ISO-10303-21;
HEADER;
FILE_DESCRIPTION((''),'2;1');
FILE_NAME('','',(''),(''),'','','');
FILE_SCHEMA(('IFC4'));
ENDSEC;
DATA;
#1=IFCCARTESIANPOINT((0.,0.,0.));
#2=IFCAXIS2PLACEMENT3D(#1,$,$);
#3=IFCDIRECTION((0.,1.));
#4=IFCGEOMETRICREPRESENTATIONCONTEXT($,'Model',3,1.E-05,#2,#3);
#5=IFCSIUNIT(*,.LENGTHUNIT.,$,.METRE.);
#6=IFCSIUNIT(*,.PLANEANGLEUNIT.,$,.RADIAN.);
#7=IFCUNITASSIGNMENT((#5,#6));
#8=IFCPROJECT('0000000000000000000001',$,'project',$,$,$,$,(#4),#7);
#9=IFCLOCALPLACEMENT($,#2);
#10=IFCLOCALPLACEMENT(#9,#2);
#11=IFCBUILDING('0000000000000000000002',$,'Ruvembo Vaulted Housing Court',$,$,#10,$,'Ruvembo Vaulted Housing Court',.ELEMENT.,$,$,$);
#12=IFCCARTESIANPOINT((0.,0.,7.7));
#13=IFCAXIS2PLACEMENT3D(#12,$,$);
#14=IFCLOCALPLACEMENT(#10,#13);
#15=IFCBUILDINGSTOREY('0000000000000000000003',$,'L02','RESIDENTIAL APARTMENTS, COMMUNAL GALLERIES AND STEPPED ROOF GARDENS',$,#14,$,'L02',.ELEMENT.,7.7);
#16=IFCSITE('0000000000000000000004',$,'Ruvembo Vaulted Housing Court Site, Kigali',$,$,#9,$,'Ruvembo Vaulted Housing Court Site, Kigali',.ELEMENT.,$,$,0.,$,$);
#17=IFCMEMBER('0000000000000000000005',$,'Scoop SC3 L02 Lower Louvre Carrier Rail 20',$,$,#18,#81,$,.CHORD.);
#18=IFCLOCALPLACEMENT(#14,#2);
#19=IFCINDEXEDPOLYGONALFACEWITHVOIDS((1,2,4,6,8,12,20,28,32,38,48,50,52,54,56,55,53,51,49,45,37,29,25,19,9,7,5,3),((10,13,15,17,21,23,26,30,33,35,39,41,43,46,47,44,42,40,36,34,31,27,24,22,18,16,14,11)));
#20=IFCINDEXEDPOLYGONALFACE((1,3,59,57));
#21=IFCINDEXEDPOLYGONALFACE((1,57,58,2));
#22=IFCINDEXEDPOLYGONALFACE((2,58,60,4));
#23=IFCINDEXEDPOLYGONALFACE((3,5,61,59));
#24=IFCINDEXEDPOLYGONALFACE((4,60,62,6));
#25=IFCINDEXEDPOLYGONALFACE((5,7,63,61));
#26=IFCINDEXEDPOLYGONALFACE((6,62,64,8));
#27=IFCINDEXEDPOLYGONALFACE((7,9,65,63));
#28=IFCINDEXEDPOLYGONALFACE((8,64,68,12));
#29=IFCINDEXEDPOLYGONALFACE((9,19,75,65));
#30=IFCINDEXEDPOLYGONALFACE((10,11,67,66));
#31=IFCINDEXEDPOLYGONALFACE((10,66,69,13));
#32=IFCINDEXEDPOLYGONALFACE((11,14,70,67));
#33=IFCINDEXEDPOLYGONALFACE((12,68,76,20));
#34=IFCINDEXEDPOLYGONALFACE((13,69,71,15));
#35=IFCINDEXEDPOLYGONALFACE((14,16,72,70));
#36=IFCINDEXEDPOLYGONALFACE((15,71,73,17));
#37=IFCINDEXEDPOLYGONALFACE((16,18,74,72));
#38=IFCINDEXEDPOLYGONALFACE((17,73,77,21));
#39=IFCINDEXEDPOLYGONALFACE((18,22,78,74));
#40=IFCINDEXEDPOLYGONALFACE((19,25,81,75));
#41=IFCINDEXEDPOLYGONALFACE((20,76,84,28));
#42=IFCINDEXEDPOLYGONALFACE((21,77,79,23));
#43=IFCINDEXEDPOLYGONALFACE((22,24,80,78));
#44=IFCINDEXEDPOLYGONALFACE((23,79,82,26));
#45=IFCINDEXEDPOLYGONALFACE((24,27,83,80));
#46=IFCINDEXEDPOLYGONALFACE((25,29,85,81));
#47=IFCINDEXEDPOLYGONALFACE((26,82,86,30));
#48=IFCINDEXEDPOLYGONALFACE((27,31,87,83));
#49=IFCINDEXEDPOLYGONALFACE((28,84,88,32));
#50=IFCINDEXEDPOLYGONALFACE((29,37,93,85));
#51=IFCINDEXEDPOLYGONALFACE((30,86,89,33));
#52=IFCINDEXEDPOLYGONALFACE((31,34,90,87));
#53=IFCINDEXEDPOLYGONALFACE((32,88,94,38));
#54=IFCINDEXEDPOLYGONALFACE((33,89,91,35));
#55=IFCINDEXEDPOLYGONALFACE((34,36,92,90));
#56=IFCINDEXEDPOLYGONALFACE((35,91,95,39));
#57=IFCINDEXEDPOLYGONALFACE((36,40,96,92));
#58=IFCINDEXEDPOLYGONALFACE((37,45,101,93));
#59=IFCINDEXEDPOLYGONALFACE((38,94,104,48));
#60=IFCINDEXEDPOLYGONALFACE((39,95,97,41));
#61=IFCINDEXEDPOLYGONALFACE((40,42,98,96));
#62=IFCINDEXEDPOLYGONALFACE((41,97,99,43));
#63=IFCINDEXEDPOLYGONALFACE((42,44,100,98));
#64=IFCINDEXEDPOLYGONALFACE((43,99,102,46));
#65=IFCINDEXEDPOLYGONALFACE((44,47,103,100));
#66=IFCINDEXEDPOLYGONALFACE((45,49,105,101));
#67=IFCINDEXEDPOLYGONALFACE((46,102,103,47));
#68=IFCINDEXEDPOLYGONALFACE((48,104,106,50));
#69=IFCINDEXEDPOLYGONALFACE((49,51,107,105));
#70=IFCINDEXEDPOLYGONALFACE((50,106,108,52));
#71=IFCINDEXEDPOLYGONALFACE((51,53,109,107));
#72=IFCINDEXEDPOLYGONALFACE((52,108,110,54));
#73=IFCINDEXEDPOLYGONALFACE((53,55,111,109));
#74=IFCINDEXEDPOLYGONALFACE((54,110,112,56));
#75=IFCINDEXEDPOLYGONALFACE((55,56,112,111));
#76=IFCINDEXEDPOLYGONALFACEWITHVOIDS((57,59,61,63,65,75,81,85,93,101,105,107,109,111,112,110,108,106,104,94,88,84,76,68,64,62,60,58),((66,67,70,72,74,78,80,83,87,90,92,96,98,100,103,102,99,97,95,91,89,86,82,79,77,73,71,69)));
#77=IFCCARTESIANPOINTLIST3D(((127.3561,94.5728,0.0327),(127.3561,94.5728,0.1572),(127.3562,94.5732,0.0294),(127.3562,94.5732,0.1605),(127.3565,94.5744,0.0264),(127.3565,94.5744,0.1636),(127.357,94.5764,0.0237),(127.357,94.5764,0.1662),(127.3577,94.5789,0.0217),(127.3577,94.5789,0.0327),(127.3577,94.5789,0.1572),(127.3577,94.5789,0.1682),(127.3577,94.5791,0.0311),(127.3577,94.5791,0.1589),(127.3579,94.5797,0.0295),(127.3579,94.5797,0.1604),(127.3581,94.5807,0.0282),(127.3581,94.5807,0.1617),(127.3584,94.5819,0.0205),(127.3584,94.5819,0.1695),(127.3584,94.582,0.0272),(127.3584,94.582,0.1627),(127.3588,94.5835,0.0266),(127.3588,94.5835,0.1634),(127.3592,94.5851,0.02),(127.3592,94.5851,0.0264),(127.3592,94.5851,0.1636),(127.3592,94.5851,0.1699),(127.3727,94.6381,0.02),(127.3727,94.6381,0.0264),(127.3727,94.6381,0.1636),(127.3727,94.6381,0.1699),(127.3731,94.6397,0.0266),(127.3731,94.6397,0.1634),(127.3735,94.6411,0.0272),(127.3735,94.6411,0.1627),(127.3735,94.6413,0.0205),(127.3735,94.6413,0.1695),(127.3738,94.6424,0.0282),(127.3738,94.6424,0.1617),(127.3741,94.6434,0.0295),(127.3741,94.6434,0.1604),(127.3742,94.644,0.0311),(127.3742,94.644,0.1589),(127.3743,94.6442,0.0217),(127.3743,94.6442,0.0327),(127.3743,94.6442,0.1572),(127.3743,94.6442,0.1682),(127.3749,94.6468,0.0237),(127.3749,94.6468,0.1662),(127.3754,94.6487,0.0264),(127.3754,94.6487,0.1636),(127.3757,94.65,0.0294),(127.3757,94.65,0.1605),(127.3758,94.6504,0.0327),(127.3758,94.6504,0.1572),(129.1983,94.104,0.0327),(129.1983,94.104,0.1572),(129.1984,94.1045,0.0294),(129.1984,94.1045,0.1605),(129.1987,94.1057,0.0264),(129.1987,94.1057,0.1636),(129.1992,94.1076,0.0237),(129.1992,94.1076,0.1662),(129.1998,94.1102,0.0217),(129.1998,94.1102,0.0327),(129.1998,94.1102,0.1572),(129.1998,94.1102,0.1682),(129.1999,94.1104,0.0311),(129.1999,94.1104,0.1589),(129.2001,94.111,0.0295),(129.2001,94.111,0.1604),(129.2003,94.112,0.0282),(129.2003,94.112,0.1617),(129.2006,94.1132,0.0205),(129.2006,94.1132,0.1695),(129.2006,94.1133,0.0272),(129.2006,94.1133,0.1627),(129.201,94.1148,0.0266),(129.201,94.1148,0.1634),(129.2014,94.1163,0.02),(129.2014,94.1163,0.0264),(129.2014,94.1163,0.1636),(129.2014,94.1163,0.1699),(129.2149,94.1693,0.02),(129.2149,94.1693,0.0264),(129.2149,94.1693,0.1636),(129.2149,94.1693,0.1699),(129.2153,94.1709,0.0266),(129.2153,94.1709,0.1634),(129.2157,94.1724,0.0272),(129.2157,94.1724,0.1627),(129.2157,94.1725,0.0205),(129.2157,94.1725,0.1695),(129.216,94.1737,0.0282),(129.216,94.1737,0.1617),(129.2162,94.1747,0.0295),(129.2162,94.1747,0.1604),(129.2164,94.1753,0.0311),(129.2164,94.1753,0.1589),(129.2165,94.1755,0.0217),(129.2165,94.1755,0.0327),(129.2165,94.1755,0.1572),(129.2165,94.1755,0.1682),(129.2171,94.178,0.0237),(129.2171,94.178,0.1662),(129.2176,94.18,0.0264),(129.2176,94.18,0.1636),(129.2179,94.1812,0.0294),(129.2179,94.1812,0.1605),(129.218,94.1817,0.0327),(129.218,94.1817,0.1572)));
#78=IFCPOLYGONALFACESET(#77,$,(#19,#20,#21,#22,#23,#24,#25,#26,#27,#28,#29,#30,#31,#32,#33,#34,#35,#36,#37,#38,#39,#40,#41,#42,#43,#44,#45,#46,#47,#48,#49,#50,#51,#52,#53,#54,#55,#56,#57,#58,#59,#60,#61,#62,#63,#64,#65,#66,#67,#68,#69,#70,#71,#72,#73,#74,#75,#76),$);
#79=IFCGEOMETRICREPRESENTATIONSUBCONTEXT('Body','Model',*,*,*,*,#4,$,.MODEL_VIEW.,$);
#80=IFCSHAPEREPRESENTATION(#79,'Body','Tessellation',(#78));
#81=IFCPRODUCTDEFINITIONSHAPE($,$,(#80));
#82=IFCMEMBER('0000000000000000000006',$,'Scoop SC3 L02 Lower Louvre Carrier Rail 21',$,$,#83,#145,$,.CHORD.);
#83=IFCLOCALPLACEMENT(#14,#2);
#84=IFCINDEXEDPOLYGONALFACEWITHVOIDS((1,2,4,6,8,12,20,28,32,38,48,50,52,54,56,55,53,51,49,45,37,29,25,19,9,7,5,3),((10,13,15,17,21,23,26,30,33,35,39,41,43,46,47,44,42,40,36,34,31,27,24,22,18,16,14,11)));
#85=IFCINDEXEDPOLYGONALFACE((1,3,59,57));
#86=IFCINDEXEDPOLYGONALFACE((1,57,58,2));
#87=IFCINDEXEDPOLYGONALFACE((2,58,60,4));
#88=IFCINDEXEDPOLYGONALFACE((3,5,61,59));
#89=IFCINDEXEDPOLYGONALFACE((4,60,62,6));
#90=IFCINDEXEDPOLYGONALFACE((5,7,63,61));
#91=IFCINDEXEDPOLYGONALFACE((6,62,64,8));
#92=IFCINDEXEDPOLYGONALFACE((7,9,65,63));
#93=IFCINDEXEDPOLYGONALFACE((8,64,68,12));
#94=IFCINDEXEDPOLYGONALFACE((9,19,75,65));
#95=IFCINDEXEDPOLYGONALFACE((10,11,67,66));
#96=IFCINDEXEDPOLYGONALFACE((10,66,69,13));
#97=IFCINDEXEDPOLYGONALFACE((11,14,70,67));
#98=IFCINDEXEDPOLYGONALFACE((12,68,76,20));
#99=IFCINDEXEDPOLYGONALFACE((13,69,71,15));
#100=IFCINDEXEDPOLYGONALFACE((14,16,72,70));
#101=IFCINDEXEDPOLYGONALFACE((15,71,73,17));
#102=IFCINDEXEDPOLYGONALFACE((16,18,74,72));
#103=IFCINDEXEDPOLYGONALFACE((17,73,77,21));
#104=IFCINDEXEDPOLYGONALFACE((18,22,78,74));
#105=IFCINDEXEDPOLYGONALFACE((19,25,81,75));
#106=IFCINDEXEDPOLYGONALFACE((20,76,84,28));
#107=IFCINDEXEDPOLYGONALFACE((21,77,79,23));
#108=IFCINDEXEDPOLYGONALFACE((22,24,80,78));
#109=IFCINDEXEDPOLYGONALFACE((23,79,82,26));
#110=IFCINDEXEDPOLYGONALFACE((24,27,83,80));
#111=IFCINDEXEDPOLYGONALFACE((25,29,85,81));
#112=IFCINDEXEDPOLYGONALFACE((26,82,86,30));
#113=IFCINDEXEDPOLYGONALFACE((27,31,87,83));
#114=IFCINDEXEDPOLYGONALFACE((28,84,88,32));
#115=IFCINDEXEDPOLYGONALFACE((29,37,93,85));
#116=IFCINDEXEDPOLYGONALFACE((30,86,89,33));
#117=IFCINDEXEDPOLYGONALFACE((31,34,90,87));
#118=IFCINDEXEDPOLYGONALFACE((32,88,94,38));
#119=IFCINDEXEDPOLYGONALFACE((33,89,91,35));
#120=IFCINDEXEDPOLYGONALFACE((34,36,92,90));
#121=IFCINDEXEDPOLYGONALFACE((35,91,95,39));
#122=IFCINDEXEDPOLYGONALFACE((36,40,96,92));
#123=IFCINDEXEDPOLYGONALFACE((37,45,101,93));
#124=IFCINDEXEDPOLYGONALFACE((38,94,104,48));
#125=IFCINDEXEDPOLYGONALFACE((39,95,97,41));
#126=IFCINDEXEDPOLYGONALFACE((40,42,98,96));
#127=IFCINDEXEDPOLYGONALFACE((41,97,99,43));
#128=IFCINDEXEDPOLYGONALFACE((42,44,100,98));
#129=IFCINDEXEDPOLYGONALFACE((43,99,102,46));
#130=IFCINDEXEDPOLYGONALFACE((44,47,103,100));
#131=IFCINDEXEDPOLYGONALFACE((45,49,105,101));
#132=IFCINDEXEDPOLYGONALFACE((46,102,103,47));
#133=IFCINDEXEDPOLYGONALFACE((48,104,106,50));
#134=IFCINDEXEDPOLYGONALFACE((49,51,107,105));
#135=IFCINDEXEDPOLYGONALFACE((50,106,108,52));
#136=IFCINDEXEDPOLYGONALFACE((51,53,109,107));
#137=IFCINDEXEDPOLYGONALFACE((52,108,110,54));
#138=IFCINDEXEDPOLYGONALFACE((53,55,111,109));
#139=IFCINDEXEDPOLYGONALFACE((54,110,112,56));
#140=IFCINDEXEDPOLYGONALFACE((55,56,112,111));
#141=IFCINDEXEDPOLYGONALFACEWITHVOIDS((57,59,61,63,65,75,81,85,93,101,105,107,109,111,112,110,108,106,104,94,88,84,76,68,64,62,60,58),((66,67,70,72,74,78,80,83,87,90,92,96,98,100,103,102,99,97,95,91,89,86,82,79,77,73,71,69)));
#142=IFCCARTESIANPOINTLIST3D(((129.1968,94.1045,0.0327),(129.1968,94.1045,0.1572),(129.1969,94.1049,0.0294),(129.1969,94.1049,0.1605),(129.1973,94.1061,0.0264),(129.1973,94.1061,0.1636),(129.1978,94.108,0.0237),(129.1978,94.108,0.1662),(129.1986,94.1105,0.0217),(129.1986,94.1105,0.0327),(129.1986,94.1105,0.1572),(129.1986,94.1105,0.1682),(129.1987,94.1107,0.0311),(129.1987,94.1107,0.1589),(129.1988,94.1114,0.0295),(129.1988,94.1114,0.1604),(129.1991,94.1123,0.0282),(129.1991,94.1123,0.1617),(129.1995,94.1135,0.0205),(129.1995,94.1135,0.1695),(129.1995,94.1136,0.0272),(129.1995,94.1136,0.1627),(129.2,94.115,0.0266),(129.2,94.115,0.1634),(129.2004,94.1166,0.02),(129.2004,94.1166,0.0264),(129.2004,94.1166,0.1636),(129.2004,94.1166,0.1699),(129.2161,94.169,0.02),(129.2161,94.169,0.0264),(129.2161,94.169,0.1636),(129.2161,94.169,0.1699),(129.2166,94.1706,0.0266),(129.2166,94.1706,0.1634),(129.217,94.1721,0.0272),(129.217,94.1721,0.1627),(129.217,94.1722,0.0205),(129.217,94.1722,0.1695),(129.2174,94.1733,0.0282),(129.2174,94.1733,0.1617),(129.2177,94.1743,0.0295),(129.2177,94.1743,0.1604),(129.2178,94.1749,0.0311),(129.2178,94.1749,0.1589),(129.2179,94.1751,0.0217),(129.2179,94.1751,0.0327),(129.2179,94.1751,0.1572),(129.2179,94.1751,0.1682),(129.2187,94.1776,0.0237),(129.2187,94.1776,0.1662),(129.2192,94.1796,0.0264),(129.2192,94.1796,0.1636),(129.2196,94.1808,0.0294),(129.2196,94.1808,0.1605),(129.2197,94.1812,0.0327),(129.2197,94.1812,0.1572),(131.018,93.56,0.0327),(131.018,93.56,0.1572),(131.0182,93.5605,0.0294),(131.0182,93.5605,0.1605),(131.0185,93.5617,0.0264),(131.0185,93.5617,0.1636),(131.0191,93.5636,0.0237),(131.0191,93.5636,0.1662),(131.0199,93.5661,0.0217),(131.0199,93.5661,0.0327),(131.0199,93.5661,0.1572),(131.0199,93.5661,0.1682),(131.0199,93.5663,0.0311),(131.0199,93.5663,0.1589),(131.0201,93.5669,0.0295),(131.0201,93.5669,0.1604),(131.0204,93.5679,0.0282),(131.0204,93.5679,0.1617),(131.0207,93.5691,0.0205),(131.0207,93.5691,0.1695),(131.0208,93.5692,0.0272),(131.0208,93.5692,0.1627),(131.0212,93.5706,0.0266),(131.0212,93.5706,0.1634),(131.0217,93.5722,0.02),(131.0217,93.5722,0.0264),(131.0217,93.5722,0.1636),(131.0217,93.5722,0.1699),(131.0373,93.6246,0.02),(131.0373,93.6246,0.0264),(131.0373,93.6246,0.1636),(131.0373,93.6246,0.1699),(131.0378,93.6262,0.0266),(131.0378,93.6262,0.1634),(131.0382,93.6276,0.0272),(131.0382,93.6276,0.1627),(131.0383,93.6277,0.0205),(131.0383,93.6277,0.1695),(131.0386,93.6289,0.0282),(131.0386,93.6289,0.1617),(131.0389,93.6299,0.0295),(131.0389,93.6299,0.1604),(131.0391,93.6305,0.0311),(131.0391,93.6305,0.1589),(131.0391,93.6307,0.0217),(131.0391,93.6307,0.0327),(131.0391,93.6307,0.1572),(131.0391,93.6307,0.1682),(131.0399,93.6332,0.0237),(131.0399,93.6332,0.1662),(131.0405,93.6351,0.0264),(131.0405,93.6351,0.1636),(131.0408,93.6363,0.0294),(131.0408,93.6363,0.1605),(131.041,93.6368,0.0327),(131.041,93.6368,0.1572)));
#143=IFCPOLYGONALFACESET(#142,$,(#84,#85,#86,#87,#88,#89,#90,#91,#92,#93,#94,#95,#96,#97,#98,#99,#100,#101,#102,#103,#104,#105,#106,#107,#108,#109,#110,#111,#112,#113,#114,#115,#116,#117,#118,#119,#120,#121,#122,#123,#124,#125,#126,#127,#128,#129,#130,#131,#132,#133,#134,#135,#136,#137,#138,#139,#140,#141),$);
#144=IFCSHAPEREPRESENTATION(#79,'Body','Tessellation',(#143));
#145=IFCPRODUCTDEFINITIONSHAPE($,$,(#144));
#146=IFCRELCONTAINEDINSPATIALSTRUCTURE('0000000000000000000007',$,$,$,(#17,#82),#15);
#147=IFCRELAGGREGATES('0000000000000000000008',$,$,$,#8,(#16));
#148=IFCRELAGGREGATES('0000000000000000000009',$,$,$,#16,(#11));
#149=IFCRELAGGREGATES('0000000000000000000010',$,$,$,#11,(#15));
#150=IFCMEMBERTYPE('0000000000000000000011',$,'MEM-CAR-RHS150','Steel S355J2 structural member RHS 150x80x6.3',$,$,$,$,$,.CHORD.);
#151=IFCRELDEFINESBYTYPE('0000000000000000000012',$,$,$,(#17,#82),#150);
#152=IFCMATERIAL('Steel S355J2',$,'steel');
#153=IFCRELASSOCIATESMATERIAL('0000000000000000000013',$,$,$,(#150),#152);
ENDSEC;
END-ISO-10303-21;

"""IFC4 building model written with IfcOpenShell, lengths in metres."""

from ifc_helpers import new_model, si_unit, direction, frame, origin, origin_2d, place, context, subcontext, project, spatial, hollow_rectangle, extrude, material, material_profile, profile_set, type_object, element, save


model = new_model("IFC4")

# Units and contexts
model_context = context("Model", 3, precision=1e-05, world=origin(), true_north=direction((0.0, 1.0)))
body_context = subcontext(model_context, "Body", "Model", "MODEL_VIEW")
ifc_project = project(units=[si_unit("LENGTHUNIT", "METRE"), si_unit("PLANEANGLEUNIT", "RADIAN")], contexts=[model_context])

# Site, building, storey
site_placement = place(None, origin())
site = spatial("IfcSite", under=ifc_project, at=site_placement, Name="Ruvembo Vaulted Housing Court Site, Kigali", LongName="Ruvembo Vaulted Housing Court Site, Kigali", CompositionType="ELEMENT", RefElevation=0.0)
building_placement = place(site_placement, origin())
building = spatial("IfcBuilding", under=site, at=building_placement, Name="Ruvembo Vaulted Housing Court", LongName="Ruvembo Vaulted Housing Court", CompositionType="ELEMENT")
storey_placement = place(building_placement, frame((0.0, 0.0, 7.7)))
storey = spatial("IfcBuildingStorey", under=building, at=storey_placement, Name="L02", Description="RESIDENTIAL APARTMENTS, COMMUNAL GALLERIES AND STEPPED ROOF GARDENS", LongName="L02", CompositionType="ELEMENT", Elevation=7.7)

# Shared definitions
ifc_material_1 = material(Name="Steel S355J2", Category="steel")

# Members
ifc_material_profile_1 = material_profile(ifc_material_1, hollow_rectangle(XDim=0.0801, YDim=0.1499, WallThickness=0.0063, InnerFilletRadius=0.0063, OuterFilletRadius=0.0127, at=origin_2d()), Name="RHS 150x80x6.3")
ifc_profile_set_1 = profile_set([ifc_material_profile_1], Name="Steel S355J2")
member_type_1 = type_object("IfcMemberType", Name="MEM-CAR-RHS150", Description="Steel S355J2 structural member RHS 150x80x6.3", PredefinedType="CHORD", material=ifc_profile_set_1)
for number, where, z_axis, x_axis, name in (
    (1, (127.366, 94.6116, 0.095), (0.969122, -0.246583, 0.0), (0.246583, 0.969122, 0.0), "Scoop SC3 L02 Lower Louvre Carrier Rail 20"),
    (2, (129.2083, 94.1428, 0.095), (0.958109, -0.286405, 0.0), (0.286405, 0.958109, 0.0), "Scoop SC3 L02 Lower Louvre Carrier Rail 21"),
):
    element("IfcMember", number, at=place(storey_placement, frame(where, z_axis=z_axis, x_axis=x_axis)), inside=storey, type_object=member_type_1, Name=name, PredefinedType="CHORD", context=body_context, shape_type="SweptSolid", body=[
        extrude(hollow_rectangle(XDim=0.0801, YDim=0.1499, WallThickness=0.0063, InnerFilletRadius=0.0063, OuterFilletRadius=0.0127, at=origin_2d()), origin(), (0.0, 0.0, 1.0), 1.9009),
    ])

save(model, "model.ifc")
